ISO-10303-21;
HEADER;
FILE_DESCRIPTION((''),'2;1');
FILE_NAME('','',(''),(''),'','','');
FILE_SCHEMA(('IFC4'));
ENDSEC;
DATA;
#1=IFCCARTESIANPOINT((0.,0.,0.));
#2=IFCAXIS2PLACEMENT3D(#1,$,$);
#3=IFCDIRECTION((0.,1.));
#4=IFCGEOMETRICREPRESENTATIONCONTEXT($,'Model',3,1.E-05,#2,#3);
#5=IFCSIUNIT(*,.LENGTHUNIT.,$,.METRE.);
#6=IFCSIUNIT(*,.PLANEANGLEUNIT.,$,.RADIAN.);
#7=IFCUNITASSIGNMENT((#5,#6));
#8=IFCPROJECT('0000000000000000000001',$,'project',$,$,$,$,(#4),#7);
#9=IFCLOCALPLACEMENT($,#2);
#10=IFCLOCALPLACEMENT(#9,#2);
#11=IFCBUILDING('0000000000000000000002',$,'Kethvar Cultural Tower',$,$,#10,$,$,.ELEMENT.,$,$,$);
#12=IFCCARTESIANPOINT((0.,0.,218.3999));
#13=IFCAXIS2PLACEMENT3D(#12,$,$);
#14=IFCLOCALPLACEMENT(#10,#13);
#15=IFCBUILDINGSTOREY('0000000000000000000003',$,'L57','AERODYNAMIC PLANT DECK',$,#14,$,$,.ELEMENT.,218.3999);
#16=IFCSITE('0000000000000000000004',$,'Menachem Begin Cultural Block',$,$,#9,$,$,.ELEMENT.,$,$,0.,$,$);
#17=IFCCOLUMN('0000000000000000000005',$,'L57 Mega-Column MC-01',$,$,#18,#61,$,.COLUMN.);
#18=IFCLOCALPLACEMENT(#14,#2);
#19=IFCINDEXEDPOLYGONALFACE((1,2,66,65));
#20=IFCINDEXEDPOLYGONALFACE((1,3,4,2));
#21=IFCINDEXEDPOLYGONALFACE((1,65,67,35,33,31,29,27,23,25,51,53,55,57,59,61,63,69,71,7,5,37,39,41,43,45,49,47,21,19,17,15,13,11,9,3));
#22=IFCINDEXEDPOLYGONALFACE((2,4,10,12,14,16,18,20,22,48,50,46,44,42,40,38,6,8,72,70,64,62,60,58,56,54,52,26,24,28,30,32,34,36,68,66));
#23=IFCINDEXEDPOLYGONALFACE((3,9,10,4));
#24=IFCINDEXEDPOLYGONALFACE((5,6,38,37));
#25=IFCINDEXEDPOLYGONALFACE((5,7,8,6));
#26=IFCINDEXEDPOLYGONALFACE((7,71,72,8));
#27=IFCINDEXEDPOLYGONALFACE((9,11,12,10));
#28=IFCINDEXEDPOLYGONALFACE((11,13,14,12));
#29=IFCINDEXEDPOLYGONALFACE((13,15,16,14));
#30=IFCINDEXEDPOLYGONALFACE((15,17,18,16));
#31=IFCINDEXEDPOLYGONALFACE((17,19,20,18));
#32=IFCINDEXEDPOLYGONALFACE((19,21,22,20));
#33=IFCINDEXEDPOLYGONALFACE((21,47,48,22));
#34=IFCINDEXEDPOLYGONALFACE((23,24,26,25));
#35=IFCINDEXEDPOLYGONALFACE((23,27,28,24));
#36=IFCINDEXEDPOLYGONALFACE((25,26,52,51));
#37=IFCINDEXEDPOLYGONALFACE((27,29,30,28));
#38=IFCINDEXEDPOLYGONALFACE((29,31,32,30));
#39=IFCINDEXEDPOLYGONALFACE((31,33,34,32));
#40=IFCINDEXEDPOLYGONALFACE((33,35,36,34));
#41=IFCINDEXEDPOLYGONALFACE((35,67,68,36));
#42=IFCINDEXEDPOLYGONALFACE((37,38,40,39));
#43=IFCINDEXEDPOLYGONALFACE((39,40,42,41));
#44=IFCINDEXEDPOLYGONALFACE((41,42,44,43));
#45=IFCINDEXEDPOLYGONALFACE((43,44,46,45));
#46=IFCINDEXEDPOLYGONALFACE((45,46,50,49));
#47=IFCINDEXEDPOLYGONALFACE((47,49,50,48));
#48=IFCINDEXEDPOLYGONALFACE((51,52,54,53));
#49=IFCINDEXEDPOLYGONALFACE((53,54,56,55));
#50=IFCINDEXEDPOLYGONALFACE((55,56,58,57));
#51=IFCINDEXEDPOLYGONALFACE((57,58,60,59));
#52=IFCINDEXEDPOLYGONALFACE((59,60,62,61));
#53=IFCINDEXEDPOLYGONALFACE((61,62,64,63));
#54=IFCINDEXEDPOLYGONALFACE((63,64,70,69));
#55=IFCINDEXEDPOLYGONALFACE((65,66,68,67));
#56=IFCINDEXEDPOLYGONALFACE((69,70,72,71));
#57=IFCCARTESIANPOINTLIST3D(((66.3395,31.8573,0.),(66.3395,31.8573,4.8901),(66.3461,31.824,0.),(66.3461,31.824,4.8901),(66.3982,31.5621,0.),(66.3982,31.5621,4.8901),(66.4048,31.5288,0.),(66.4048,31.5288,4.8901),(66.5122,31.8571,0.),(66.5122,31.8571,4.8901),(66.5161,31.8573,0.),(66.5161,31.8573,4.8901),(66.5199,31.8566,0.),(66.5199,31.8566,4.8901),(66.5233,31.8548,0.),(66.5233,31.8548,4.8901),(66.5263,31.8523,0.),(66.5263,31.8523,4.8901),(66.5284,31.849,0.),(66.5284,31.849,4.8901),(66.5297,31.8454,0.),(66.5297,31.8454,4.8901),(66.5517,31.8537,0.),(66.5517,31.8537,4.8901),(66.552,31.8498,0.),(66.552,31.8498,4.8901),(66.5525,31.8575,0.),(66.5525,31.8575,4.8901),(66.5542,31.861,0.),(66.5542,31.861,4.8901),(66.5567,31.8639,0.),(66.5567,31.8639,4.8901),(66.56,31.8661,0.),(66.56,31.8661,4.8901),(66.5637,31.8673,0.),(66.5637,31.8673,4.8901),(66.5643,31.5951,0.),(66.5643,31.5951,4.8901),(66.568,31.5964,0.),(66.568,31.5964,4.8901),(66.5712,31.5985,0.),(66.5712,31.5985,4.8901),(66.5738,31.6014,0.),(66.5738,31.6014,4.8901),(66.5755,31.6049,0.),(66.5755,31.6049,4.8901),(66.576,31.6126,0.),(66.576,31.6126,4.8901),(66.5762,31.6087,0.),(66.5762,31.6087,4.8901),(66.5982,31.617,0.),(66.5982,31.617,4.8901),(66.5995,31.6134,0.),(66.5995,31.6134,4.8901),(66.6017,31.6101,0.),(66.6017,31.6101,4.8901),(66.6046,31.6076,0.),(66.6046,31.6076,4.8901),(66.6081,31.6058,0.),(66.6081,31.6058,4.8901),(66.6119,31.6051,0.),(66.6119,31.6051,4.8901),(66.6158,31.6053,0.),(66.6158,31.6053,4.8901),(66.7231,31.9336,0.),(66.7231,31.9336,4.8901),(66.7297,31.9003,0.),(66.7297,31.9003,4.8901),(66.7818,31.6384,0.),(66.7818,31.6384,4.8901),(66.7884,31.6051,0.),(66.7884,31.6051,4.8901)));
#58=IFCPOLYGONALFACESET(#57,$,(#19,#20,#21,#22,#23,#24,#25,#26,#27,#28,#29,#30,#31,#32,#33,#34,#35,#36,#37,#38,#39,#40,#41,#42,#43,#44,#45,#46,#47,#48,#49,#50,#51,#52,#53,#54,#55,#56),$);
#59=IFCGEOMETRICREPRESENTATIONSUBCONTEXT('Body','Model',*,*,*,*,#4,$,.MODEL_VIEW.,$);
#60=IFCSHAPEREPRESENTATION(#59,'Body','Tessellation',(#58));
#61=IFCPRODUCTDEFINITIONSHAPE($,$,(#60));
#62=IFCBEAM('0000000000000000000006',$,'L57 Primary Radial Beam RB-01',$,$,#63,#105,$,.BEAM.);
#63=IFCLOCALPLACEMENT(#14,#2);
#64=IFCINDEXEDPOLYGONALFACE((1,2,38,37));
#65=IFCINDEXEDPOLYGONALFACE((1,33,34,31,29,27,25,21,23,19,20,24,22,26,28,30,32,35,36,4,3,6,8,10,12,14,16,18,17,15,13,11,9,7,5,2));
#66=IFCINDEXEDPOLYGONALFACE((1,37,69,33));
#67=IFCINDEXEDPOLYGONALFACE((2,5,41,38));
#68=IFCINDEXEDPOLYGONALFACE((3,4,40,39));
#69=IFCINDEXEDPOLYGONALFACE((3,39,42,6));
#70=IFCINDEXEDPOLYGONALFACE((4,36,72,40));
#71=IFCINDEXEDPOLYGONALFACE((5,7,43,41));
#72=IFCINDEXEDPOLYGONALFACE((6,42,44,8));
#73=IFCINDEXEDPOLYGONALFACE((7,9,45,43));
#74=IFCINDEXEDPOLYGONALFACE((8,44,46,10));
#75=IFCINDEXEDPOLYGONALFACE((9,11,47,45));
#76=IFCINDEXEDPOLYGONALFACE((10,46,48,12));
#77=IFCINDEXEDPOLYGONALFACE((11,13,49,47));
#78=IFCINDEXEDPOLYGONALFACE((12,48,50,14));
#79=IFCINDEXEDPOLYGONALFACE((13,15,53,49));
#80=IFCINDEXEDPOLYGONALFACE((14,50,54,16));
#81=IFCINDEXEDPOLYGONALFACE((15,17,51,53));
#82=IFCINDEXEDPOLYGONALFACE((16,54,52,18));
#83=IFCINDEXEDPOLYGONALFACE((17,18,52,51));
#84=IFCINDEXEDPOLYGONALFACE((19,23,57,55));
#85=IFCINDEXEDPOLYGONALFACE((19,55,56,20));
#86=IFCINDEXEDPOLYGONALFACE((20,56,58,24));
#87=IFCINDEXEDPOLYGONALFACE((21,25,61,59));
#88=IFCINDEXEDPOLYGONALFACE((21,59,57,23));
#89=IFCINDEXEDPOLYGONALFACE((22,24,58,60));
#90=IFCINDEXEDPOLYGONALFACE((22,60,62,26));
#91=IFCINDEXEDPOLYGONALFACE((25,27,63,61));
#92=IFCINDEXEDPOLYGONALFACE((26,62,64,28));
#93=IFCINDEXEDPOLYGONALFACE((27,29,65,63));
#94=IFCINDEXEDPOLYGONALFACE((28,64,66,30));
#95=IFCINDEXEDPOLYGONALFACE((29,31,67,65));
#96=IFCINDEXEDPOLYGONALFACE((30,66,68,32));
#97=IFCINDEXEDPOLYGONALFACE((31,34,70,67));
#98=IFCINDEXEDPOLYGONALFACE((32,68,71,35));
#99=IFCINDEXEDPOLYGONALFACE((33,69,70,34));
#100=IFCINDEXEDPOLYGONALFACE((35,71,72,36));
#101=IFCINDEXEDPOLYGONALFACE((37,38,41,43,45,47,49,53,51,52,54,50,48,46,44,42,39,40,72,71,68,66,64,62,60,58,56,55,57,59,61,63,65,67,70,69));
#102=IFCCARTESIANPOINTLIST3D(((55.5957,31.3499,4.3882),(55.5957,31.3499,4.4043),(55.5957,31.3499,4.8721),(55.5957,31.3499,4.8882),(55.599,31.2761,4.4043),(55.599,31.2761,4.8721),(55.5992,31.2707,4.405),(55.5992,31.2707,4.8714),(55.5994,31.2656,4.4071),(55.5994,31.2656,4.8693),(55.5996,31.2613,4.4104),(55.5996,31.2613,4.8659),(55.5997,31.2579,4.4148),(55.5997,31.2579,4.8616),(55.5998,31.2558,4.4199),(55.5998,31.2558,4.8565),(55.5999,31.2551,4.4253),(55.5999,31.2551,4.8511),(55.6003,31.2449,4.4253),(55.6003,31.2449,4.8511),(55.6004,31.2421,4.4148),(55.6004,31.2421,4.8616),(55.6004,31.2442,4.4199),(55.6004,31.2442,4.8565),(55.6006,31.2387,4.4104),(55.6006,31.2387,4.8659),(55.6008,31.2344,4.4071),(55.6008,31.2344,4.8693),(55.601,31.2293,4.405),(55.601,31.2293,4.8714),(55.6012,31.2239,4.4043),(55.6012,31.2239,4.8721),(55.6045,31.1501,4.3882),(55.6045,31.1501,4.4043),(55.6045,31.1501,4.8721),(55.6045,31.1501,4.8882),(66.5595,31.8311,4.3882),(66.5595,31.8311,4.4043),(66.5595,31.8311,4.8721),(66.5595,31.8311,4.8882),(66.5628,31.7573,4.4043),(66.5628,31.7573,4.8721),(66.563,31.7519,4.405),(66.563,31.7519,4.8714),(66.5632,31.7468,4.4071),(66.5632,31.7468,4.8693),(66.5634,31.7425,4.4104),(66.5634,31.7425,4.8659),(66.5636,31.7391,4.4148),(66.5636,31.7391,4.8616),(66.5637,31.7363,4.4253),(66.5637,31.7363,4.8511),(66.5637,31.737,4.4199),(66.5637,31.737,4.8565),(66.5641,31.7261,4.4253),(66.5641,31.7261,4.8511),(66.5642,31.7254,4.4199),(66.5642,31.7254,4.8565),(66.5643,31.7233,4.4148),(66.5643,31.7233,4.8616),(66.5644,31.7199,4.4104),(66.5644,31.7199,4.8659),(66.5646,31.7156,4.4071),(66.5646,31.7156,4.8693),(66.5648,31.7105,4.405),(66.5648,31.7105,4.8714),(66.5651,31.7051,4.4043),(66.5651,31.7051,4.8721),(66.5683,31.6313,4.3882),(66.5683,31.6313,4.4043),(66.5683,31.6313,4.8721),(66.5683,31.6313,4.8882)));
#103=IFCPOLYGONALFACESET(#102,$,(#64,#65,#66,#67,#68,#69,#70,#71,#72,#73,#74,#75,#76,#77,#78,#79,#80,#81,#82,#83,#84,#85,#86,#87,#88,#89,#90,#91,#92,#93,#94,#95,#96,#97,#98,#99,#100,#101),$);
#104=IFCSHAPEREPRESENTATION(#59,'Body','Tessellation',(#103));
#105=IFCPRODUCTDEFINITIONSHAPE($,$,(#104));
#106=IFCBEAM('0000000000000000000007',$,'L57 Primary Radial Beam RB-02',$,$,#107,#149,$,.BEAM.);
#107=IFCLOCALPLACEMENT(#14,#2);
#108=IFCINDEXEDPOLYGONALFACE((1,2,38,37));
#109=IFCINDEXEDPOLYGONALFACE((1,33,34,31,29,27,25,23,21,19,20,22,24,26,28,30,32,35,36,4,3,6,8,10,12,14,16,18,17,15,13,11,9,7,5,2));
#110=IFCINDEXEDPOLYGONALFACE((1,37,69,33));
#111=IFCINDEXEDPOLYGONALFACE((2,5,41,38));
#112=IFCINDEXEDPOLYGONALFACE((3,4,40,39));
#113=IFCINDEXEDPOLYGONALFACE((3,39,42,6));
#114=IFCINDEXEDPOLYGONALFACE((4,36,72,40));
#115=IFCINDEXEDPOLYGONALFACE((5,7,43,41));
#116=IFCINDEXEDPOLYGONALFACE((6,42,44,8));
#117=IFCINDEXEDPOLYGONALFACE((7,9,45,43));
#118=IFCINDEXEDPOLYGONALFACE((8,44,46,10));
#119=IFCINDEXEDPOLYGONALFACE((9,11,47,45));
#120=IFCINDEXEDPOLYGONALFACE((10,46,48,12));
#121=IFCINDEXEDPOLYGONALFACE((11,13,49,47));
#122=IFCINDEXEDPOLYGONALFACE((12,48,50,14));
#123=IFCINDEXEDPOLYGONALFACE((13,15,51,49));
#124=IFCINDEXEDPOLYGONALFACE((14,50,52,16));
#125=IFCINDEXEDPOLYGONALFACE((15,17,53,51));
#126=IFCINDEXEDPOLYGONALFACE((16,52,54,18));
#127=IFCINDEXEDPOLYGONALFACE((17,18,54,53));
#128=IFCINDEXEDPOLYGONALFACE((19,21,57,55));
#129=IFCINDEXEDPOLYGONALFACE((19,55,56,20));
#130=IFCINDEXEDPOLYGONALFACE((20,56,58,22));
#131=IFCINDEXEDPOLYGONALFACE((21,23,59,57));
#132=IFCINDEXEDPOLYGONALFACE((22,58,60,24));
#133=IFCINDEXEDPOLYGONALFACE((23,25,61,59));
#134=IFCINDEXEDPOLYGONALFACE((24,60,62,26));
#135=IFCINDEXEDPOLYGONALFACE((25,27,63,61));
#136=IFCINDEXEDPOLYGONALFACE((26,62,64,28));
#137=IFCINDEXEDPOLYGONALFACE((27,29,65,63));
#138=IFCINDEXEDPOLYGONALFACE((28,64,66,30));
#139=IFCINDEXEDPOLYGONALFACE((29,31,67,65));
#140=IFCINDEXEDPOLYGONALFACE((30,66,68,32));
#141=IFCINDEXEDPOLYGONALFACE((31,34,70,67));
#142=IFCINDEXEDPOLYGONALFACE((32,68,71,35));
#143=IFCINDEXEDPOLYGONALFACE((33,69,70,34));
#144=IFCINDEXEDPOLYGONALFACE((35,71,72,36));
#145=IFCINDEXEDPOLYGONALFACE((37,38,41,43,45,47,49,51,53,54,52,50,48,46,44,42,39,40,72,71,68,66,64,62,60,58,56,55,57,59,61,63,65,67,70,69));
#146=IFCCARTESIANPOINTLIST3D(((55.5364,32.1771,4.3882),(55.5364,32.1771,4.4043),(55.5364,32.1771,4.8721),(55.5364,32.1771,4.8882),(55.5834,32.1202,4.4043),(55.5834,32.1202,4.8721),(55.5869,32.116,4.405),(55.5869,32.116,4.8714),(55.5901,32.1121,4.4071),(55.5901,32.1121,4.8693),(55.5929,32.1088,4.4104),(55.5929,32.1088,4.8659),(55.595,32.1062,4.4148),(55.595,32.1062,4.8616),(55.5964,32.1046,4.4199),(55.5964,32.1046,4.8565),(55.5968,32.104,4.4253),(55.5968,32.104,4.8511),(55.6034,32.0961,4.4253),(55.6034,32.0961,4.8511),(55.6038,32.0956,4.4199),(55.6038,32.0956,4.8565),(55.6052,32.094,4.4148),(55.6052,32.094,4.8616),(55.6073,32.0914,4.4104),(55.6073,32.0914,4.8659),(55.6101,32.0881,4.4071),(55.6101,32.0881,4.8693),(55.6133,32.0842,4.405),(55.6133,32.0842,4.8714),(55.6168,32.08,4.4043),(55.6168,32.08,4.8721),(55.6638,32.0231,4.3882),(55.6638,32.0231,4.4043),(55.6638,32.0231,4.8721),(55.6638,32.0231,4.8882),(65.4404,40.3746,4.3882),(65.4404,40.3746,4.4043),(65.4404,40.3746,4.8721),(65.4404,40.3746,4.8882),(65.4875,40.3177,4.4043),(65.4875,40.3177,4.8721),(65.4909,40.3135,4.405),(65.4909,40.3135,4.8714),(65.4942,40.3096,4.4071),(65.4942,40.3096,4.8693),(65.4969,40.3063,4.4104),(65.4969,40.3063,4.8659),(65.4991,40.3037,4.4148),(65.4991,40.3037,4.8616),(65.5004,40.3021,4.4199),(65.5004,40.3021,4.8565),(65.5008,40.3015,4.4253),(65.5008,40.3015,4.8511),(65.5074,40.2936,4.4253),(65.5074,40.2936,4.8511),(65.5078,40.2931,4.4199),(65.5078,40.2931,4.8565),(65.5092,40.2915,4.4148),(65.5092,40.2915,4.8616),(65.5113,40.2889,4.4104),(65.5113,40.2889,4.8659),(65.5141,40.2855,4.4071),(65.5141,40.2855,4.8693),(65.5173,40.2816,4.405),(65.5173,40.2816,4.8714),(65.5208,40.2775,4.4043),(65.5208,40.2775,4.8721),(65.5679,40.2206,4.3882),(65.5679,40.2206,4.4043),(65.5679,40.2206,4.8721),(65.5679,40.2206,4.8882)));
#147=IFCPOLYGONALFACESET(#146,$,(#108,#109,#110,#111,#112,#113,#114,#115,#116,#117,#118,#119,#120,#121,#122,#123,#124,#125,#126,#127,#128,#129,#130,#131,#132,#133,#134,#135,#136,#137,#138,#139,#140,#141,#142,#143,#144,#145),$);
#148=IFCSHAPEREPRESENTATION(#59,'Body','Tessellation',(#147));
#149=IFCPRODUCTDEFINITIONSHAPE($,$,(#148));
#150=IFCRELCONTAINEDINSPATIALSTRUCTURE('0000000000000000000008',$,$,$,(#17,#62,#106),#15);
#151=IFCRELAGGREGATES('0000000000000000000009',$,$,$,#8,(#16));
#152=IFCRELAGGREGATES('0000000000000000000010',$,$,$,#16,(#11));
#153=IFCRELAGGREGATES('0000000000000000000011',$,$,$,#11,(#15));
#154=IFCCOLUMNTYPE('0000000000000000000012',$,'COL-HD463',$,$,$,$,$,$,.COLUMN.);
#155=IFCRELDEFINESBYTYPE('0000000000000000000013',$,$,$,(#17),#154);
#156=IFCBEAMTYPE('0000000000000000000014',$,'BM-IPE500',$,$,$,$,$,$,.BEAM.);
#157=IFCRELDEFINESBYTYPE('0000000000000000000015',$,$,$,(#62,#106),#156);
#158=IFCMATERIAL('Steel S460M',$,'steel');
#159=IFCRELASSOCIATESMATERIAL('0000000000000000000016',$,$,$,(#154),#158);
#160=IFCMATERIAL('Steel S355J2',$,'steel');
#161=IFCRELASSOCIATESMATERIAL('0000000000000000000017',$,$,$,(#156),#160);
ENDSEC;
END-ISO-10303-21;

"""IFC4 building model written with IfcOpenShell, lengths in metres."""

from ifc_helpers import new_model, si_unit, direction, frame, origin, origin_2d, place, context, subcontext, project, spatial, i_section, extrude, source, transform, mapped, material, material_profile, profile_set, type_object, element, save


model = new_model("IFC4")

# Units and contexts
model_context = context("Model", 3, precision=1e-05, world=origin(), true_north=direction((0.0, 1.0)))
body_context = subcontext(model_context, "Body", "Model", "MODEL_VIEW")
ifc_project = project(units=[si_unit("LENGTHUNIT", "METRE"), si_unit("PLANEANGLEUNIT", "RADIAN")], contexts=[model_context])

# Site, building, storey
site_placement = place(None, origin())
site = spatial("IfcSite", under=ifc_project, at=site_placement, Name="Menachem Begin Cultural Block", CompositionType="ELEMENT", RefElevation=0.0)
building_placement = place(site_placement, origin())
building = spatial("IfcBuilding", under=site, at=building_placement, Name="Kethvar Cultural Tower", CompositionType="ELEMENT")
storey_placement = place(building_placement, frame((0.0, 0.0, 218.3999)))
storey = spatial("IfcBuildingStorey", under=building, at=storey_placement, Name="L57", Description="AERODYNAMIC PLANT DECK", CompositionType="ELEMENT", Elevation=218.3999)

# Column
ifc_material_1 = material(Name="Steel S460M", Category="steel")
ifc_material_profile_1 = material_profile(ifc_material_1, i_section(OverallWidth=0.3911, OverallDepth=0.335, WebThickness=0.0227, FlangeThickness=0.0339, FilletRadius=0.0149, at=origin_2d()), Name="Steel S460M — HD400x463")
ifc_profile_set_1 = profile_set([ifc_material_profile_1], Name="Steel S460M — HD400x463")
column_type = type_object("IfcColumnType", Name="COL-HD463", PredefinedType="COLUMN", material=ifc_profile_set_1)
shared_shape_1 = source(origin(), body_context, "Body", "SweptSolid", [
    extrude(i_section(OverallWidth=0.3911, OverallDepth=0.335, WebThickness=0.0227, FlangeThickness=0.0339, FilletRadius=0.0149, at=origin_2d()), origin(), (0.0, 0.0, 1.0), 4.8901),
])
column_placement = place(storey_placement, frame((66.564, 31.7312, 0.0), z_axis=(0.0, 0.0, 1.0), x_axis=(0.980785, 0.19509, 0.0)))
element("IfcColumn", 1, at=column_placement, inside=storey, type_object=column_type, Name="L57 Mega-Column MC-01", PredefinedType="COLUMN", context=body_context, shape_type="MappedRepresentation", body=[
    mapped(shared_shape_1, transform((0.0, 0.0, 0.0), scale=1.0)),
])

# Beams
ifc_material_2 = material(Name="Steel S355J2", Category="steel")
ifc_material_profile_2 = material_profile(ifc_material_2, i_section(OverallWidth=0.2, OverallDepth=0.5, WebThickness=0.0103, FlangeThickness=0.0161, FilletRadius=0.021, at=origin_2d()), Name="Steel S355J2 — IPE500")
ifc_profile_set_2 = profile_set([ifc_material_profile_2], Name="Steel S355J2 — IPE500")
beam_type_1 = type_object("IfcBeamType", Name="BM-IPE500", PredefinedType="BEAM", material=ifc_profile_set_2)
shared_shape_2 = source(origin(), body_context, "Body", "SweptSolid", [
    extrude(i_section(OverallWidth=0.2, OverallDepth=0.5, WebThickness=0.0103, FlangeThickness=0.0161, FilletRadius=0.021, at=origin_2d()), origin(), (0.0, 0.0, 1.0), 10.9744),
])
beam_1_placement = place(storey_placement, frame((55.6001, 31.25, 4.6382), z_axis=(0.999038, 0.043848, 0.0), x_axis=(-0.043848, 0.999038, 0.0)))
element("IfcBeam", 2, at=beam_1_placement, inside=storey, type_object=beam_type_1, Name="L57 Primary Radial Beam RB-01", PredefinedType="BEAM", context=body_context, shape_type="MappedRepresentation", body=[
    mapped(shared_shape_2, transform((0.0, 0.0, 0.0), scale=1.0)),
])
shared_shape_3 = source(origin(), body_context, "Body", "SweptSolid", [
    extrude(i_section(OverallWidth=0.2, OverallDepth=0.5, WebThickness=0.0103, FlangeThickness=0.0161, FilletRadius=0.021, at=origin_2d()), origin(), (0.0, 0.0, 1.0), 12.8564),
])
beam_2_placement = place(storey_placement, frame((55.6001, 32.1001, 4.6382), z_axis=(0.770354, 0.637616, 0.0), x_axis=(-0.637616, 0.770354, 0.0)))
element("IfcBeam", 3, at=beam_2_placement, inside=storey, type_object=beam_type_1, Name="L57 Primary Radial Beam RB-02", PredefinedType="BEAM", context=body_context, shape_type="MappedRepresentation", body=[
    mapped(shared_shape_3, transform((0.0, 0.0, 0.0), scale=1.0)),
])

save(model, "model.ifc")
